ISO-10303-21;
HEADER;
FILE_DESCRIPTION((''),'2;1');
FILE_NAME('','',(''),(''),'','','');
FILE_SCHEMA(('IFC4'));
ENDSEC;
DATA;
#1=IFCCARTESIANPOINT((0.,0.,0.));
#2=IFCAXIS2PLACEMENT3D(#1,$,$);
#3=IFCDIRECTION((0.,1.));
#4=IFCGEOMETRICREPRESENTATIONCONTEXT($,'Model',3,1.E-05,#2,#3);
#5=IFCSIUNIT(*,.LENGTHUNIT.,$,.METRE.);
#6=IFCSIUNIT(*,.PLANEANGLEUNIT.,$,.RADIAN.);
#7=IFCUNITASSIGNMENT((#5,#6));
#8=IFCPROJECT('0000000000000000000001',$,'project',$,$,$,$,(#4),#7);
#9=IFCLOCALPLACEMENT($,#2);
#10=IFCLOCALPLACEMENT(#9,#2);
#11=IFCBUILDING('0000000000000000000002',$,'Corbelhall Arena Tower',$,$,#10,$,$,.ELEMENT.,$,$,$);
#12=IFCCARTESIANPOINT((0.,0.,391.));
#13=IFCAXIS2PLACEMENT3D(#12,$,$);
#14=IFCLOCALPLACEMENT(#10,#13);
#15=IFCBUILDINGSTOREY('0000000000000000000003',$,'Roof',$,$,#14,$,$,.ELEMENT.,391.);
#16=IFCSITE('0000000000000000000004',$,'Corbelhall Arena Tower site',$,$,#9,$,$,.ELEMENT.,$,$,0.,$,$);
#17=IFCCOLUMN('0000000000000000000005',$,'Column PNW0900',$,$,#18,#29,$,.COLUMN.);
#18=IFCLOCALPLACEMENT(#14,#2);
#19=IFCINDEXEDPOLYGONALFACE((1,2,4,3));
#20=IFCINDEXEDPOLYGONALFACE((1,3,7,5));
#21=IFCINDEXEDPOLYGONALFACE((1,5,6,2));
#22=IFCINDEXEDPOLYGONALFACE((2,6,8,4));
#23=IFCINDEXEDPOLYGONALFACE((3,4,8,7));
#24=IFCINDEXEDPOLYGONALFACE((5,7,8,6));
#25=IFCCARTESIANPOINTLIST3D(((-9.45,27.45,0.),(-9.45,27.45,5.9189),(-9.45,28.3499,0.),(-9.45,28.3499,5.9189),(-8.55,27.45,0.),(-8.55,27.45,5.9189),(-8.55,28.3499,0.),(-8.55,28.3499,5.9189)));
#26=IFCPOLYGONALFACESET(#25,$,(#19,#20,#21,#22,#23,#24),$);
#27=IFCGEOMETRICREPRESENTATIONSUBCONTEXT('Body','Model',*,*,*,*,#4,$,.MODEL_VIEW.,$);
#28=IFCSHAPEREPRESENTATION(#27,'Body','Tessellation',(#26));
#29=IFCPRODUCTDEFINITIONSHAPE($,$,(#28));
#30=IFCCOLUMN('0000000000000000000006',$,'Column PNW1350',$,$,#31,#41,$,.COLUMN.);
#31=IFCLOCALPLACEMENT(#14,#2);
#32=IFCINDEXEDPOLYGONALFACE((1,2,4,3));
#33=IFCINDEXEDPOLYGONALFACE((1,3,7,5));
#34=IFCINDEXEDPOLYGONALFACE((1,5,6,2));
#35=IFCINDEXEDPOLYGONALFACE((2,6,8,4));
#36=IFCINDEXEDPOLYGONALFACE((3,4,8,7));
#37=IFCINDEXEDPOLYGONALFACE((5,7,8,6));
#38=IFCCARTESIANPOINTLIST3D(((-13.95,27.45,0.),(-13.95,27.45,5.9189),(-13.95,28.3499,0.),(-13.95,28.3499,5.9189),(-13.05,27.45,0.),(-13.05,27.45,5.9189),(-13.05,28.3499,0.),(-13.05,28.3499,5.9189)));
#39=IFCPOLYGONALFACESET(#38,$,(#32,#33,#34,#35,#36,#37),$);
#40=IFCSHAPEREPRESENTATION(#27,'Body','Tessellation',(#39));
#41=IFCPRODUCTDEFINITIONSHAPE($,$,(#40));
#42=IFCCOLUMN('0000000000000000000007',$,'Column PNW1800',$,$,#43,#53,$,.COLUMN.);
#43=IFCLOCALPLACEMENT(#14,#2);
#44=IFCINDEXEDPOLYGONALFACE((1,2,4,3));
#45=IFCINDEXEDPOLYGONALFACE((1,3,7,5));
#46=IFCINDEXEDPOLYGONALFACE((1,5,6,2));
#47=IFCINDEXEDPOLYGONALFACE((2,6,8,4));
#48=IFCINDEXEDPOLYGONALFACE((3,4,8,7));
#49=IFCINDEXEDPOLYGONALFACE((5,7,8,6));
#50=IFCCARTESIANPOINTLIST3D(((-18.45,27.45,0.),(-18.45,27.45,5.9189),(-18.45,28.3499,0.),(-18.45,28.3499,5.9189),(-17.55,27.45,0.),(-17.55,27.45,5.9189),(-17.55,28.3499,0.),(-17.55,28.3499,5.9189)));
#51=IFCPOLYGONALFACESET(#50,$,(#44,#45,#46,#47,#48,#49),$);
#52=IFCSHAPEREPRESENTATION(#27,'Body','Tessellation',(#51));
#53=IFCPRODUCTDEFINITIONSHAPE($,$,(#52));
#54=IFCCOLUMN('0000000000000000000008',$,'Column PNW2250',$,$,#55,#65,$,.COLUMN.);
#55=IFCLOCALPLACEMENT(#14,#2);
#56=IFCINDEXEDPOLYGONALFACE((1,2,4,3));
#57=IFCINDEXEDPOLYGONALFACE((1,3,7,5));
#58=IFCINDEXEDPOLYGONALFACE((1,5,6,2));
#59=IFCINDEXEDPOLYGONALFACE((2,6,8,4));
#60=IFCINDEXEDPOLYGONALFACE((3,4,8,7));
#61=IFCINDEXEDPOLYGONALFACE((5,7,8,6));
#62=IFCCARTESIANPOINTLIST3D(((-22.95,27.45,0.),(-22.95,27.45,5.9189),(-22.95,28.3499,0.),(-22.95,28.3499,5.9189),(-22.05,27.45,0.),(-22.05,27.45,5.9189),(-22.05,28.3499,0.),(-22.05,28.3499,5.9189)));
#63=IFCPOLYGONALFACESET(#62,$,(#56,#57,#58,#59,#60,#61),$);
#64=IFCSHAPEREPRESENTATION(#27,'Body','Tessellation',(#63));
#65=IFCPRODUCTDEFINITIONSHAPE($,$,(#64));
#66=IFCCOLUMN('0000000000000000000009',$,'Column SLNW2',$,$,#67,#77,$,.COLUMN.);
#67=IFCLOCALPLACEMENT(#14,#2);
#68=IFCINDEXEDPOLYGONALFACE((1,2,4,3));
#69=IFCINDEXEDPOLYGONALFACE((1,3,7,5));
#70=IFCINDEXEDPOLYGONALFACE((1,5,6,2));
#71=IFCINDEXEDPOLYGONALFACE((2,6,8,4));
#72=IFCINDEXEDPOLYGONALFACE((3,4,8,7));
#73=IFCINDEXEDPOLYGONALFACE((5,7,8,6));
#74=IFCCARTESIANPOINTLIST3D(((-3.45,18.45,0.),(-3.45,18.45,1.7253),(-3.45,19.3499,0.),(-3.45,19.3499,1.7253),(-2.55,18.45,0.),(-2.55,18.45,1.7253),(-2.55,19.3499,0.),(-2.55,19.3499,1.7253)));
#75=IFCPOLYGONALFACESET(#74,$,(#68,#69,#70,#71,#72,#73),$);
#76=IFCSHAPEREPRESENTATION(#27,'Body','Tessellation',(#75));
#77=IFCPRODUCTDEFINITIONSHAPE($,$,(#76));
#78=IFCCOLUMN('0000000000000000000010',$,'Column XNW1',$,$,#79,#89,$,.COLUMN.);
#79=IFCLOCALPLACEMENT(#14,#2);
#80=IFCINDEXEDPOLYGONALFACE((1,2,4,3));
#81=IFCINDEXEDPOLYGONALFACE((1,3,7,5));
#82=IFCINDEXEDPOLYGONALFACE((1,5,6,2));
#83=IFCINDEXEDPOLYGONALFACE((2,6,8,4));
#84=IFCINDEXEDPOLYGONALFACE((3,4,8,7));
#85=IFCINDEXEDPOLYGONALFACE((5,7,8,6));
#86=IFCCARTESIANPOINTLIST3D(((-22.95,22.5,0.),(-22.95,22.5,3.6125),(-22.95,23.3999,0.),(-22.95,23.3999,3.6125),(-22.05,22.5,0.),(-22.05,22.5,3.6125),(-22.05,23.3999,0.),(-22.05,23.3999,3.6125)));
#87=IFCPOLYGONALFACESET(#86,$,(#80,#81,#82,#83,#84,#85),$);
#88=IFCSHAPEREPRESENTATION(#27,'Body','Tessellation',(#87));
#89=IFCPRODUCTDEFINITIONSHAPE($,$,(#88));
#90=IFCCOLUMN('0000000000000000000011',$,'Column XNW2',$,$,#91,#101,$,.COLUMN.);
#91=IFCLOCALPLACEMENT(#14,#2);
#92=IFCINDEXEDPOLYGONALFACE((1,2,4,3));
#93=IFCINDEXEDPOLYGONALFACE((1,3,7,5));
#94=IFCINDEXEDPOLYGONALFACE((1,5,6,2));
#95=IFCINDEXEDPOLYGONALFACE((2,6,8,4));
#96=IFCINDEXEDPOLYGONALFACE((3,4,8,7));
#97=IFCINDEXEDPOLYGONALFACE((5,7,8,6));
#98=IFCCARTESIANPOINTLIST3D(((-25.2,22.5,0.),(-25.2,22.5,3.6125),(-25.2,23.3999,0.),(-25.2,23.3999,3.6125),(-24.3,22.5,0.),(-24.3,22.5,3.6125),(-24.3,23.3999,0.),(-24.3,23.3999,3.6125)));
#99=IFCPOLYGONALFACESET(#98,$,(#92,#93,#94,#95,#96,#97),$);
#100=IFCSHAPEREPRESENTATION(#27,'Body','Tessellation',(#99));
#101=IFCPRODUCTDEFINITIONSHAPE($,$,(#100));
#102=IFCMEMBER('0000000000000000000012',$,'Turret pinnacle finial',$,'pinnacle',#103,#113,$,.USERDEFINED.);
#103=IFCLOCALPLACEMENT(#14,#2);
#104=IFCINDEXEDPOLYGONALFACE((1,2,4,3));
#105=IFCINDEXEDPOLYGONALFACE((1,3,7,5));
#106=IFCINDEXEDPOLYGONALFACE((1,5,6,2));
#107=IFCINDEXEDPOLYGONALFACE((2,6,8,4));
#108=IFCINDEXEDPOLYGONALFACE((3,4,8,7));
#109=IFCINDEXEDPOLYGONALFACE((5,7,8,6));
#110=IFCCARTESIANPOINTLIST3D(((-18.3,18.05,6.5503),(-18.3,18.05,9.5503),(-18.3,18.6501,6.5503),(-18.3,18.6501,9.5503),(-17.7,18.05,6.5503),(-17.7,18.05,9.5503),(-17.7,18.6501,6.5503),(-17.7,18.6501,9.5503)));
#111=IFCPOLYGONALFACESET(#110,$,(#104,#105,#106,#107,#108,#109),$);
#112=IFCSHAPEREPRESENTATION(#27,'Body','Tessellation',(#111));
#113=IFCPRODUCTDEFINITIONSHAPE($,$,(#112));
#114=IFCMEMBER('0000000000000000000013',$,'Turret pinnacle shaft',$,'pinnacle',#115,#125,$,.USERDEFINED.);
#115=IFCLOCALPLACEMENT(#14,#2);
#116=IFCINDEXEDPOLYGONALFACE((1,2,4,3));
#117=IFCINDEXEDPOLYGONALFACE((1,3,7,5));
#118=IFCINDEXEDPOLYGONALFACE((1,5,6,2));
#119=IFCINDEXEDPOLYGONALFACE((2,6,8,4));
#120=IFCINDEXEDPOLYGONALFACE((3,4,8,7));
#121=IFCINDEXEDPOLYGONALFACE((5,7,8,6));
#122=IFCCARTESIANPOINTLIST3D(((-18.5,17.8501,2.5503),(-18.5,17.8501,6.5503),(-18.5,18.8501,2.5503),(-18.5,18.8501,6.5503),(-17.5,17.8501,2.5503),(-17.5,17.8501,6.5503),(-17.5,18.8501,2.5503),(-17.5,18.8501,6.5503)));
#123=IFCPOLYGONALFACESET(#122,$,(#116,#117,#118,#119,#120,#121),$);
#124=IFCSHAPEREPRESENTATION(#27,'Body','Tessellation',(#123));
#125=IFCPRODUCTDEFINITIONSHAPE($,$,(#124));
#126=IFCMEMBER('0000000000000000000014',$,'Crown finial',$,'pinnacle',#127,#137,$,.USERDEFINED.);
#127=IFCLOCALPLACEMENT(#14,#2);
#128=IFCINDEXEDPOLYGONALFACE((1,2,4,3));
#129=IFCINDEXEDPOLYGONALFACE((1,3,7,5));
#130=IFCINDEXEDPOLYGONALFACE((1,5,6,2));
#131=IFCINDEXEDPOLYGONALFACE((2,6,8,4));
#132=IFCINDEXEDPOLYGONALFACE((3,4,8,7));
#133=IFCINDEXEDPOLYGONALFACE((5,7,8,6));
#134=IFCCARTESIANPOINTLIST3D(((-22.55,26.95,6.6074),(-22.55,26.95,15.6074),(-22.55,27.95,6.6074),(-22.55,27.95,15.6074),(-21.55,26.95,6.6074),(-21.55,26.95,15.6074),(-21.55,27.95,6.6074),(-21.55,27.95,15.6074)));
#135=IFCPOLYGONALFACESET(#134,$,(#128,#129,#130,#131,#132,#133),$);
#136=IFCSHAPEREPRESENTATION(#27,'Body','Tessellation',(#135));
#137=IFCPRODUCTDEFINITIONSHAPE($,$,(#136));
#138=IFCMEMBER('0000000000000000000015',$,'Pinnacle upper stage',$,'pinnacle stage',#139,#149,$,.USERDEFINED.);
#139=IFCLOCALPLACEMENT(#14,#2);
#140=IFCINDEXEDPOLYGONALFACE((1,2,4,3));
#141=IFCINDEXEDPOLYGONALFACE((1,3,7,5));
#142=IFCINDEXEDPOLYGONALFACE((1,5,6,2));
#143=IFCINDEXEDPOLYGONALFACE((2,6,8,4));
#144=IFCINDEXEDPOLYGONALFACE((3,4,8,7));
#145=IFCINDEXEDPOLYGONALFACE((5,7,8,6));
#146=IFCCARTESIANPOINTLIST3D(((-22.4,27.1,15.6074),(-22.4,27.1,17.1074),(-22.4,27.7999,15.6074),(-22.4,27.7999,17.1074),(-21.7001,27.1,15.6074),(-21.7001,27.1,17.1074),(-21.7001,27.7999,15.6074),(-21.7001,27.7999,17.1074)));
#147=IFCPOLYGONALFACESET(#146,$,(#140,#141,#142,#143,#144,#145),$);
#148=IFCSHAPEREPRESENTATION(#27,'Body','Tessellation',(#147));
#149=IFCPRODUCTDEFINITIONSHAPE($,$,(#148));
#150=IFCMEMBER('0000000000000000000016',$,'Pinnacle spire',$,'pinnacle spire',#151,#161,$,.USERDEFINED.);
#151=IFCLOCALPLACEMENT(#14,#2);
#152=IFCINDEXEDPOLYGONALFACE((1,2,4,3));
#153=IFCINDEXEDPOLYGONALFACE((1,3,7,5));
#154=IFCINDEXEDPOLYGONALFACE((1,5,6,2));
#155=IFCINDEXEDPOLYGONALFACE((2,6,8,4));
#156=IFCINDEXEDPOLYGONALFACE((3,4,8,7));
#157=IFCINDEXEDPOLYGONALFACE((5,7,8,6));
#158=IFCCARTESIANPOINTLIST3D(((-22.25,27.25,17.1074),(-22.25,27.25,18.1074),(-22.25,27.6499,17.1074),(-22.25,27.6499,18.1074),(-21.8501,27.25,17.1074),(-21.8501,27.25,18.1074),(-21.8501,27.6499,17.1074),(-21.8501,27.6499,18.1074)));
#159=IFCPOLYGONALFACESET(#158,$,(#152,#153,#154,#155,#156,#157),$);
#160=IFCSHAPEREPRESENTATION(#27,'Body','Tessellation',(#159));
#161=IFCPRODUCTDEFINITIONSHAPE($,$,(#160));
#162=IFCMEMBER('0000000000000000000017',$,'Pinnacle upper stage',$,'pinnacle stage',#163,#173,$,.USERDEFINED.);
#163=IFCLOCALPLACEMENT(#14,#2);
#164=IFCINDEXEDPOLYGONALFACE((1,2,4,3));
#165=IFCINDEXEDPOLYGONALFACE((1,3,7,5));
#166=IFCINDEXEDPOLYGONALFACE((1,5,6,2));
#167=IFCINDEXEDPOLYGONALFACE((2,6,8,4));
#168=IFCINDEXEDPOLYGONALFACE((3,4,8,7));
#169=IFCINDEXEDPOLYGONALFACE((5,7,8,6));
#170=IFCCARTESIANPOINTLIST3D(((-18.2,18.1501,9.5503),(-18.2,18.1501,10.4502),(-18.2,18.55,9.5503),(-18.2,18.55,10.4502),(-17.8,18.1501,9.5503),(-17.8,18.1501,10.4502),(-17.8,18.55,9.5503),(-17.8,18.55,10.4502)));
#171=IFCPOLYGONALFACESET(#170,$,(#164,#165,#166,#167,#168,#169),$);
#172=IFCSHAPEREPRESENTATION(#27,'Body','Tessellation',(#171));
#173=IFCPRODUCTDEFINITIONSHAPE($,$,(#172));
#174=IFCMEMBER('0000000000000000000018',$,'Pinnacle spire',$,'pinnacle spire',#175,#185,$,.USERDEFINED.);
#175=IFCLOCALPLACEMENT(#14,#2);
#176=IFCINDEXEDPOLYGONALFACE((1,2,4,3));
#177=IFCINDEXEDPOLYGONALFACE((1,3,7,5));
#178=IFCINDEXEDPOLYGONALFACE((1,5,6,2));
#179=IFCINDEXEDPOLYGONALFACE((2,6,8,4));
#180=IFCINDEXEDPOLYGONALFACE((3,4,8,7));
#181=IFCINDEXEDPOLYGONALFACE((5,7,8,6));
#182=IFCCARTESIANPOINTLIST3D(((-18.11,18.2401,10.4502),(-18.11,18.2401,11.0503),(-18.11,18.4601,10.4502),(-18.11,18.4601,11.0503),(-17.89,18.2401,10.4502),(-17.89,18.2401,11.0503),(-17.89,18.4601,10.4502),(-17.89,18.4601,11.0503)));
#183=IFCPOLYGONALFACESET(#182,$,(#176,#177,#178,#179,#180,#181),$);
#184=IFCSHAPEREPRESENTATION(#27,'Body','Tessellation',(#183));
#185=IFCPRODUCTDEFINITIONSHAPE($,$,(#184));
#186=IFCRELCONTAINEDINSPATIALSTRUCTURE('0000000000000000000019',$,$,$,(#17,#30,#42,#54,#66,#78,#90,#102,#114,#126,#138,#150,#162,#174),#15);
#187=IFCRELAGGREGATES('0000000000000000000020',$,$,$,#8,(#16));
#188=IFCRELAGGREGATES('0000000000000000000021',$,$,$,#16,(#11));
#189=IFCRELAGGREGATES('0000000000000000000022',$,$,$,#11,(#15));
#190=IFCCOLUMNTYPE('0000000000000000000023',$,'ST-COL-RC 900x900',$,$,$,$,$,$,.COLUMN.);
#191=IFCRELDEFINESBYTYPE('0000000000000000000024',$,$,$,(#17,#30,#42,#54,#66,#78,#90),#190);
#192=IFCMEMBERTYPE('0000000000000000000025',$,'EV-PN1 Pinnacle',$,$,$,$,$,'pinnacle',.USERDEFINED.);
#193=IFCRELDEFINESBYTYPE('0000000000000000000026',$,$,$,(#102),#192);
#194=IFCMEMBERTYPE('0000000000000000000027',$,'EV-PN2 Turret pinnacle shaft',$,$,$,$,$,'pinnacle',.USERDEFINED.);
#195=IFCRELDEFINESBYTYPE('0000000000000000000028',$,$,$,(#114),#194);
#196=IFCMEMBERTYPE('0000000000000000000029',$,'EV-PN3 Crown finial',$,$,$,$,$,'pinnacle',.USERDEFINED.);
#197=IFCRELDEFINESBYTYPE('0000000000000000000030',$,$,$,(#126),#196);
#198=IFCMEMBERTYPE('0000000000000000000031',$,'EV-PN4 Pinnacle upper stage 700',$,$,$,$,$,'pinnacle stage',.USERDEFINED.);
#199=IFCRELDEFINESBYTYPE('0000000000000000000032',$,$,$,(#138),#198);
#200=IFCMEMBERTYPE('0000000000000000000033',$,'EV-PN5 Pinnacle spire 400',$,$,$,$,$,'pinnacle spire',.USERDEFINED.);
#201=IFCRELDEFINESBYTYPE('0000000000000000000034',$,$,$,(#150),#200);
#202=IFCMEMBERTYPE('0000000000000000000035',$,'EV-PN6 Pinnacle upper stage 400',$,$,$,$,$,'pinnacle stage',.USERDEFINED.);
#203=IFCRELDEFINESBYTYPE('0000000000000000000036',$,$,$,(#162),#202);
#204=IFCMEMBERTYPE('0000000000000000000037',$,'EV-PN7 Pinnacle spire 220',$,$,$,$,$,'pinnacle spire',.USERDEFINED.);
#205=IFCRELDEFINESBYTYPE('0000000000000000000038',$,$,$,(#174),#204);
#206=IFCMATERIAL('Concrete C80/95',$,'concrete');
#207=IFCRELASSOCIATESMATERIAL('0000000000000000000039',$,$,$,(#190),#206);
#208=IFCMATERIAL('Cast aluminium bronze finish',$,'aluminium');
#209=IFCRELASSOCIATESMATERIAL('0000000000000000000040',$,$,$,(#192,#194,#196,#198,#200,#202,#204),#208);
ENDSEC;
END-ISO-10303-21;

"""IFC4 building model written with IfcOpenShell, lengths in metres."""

from ifc_helpers import new_model, si_unit, direction, frame, origin, origin_2d, place, context, subcontext, project, spatial, rectangle, extrude, material, material_profile, profile_set, type_object, element, save


model = new_model("IFC4")

# Units and contexts
model_context = context("Model", 3, precision=1e-05, world=origin(), true_north=direction((0.0, 1.0)))
body_context = subcontext(model_context, "Body", "Model", "MODEL_VIEW")
ifc_project = project(units=[si_unit("LENGTHUNIT", "METRE"), si_unit("PLANEANGLEUNIT", "RADIAN")], contexts=[model_context])

# Site, building, storey
site_placement = place(None, origin())
site = spatial("IfcSite", under=ifc_project, at=site_placement, Name="Corbelhall Arena Tower site", CompositionType="ELEMENT", RefElevation=0.0)
building_placement = place(site_placement, origin())
building = spatial("IfcBuilding", under=site, at=building_placement, Name="Corbelhall Arena Tower", CompositionType="ELEMENT")
storey_placement = place(building_placement, frame((0.0, 0.0, 391.0)))
storey = spatial("IfcBuildingStorey", under=building, at=storey_placement, Name="Roof", CompositionType="ELEMENT", Elevation=391.0)

# Columns
ifc_material_1 = material(Name="Concrete C80/95", Category="concrete")
ifc_material_profile_1 = material_profile(ifc_material_1, rectangle(XDim=0.8999, YDim=0.8999, at=origin_2d()))
ifc_profile_set_1 = profile_set([ifc_material_profile_1], Name="Concrete C80/95")
column_type = type_object("IfcColumnType", Name="ST-COL-RC 900x900", PredefinedType="COLUMN", material=ifc_profile_set_1)
for number, where, z_axis, x_axis, name in (
    (1, (-9.0, 27.8999, 0.0), (0.0, 0.0, 1.0), (1.0, 0.0, 0.0), "Column PNW0900"),
    (2, (-13.5, 27.8999, 0.0), (0.0, 0.0, 1.0), (1.0, 0.0, 0.0), "Column PNW1350"),
    (3, (-18.0, 27.8999, 0.0), (0.0, 0.0, 1.0), (1.0, 0.0, 0.0), "Column PNW1800"),
    (4, (-22.5, 27.8999, 0.0), (0.0, 0.0, 1.0), (1.0, 0.0, 0.0), "Column PNW2250"),
):
    element("IfcColumn", number, at=place(storey_placement, frame(where, z_axis=z_axis, x_axis=x_axis)), inside=storey, type_object=column_type, Name=name, PredefinedType="COLUMN", context=body_context, shape_type="SweptSolid", body=[
        extrude(rectangle(XDim=0.8999, YDim=0.8999, at=origin_2d()), origin(), (0.0, 0.0, 1.0), 5.9189),
    ])
column_placement = place(storey_placement, frame((-3.0, 18.8999, 0.0), z_axis=(0.0, 0.0, 1.0), x_axis=(1.0, 0.0, 0.0)))
element("IfcColumn", 5, at=column_placement, inside=storey, type_object=column_type, Name="Column SLNW2", PredefinedType="COLUMN", context=body_context, shape_type="SweptSolid", body=[
    extrude(rectangle(XDim=0.8999, YDim=0.8999, at=origin_2d()), origin(), (0.0, 0.0, 1.0), 1.7253),
])
for number, where, z_axis, x_axis, name in (
    (6, (-22.5, 22.95, 0.0), (0.0, 0.0, 1.0), (1.0, 0.0, 0.0), "Column XNW1"),
    (7, (-24.75, 22.95, 0.0), (0.0, 0.0, 1.0), (1.0, 0.0, 0.0), "Column XNW2"),
):
    element("IfcColumn", number, at=place(storey_placement, frame(where, z_axis=z_axis, x_axis=x_axis)), inside=storey, type_object=column_type, Name=name, PredefinedType="COLUMN", context=body_context, shape_type="SweptSolid", body=[
        extrude(rectangle(XDim=0.8999, YDim=0.8999, at=origin_2d()), origin(), (0.0, 0.0, 1.0), 3.6125),
    ])

# Members
ifc_material_2 = material(Name="Cast aluminium bronze finish", Category="aluminium")
ifc_material_profile_2 = material_profile(ifc_material_2, rectangle(XDim=0.6001, YDim=0.6001, at=origin_2d()))
ifc_profile_set_2 = profile_set([ifc_material_profile_2], Name="Cast aluminium bronze finish")
member_type_1 = type_object("IfcMemberType", Name="EV-PN1 Pinnacle", ElementType="pinnacle", PredefinedType="USERDEFINED", material=ifc_profile_set_2)
member_1_placement = place(storey_placement, frame((-18.0, 18.3501, 6.5503), z_axis=(0.0, 0.0, 1.0), x_axis=(1.0, 0.0, 0.0)))
element("IfcMember", 8, at=member_1_placement, inside=storey, type_object=member_type_1, Name="Turret pinnacle finial", ObjectType="pinnacle", PredefinedType="USERDEFINED", context=body_context, shape_type="SweptSolid", body=[
    extrude(rectangle(XDim=0.6001, YDim=0.6001, at=origin_2d()), origin(), (0.0, 0.0, 1.0), 3.0),
])
ifc_material_profile_3 = material_profile(ifc_material_2, rectangle(XDim=1.0, YDim=1.0, at=origin_2d()))
ifc_profile_set_3 = profile_set([ifc_material_profile_3], Name="Cast aluminium bronze finish")
member_type_2 = type_object("IfcMemberType", Name="EV-PN2 Turret pinnacle shaft", ElementType="pinnacle", PredefinedType="USERDEFINED", material=ifc_profile_set_3)
member_2_placement = place(storey_placement, frame((-18.0, 18.3501, 2.5503), z_axis=(0.0, 0.0, 1.0), x_axis=(1.0, 0.0, 0.0)))
element("IfcMember", 9, at=member_2_placement, inside=storey, type_object=member_type_2, Name="Turret pinnacle shaft", ObjectType="pinnacle", PredefinedType="USERDEFINED", context=body_context, shape_type="SweptSolid", body=[
    extrude(rectangle(XDim=1.0, YDim=1.0, at=origin_2d()), origin(), (0.0, 0.0, 1.0), 4.0),
])
ifc_material_profile_4 = material_profile(ifc_material_2, rectangle(XDim=1.0, YDim=1.0, at=origin_2d()))
ifc_profile_set_4 = profile_set([ifc_material_profile_4], Name="Cast aluminium bronze finish")
member_type_3 = type_object("IfcMemberType", Name="EV-PN3 Crown finial", ElementType="pinnacle", PredefinedType="USERDEFINED", material=ifc_profile_set_4)
member_3_placement = place(storey_placement, frame((-22.05, 27.45, 6.6074), z_axis=(0.0, 0.0, 1.0), x_axis=(1.0, 0.0, 0.0)))
element("IfcMember", 10, at=member_3_placement, inside=storey, type_object=member_type_3, Name="Crown finial", ObjectType="pinnacle", PredefinedType="USERDEFINED", context=body_context, shape_type="SweptSolid", body=[
    extrude(rectangle(XDim=1.0, YDim=1.0, at=origin_2d()), origin(), (0.0, 0.0, 1.0), 9.0),
])
ifc_material_profile_5 = material_profile(ifc_material_2, rectangle(XDim=0.7, YDim=0.7, at=origin_2d()))
ifc_profile_set_5 = profile_set([ifc_material_profile_5], Name="Cast aluminium bronze finish")
member_type_4 = type_object("IfcMemberType", Name="EV-PN4 Pinnacle upper stage 700", ElementType="pinnacle stage", PredefinedType="USERDEFINED", material=ifc_profile_set_5)
member_4_placement = place(storey_placement, frame((-22.05, 27.45, 15.6074), z_axis=(0.0, 0.0, 1.0), x_axis=(1.0, 0.0, 0.0)))
element("IfcMember", 11, at=member_4_placement, inside=storey, type_object=member_type_4, Name="Pinnacle upper stage", ObjectType="pinnacle stage", PredefinedType="USERDEFINED", context=body_context, shape_type="SweptSolid", body=[
    extrude(rectangle(XDim=0.7, YDim=0.7, at=origin_2d()), origin(), (0.0, 0.0, 1.0), 1.5),
])
ifc_material_profile_6 = material_profile(ifc_material_2, rectangle(XDim=0.3999, YDim=0.3999, at=origin_2d()))
ifc_profile_set_6 = profile_set([ifc_material_profile_6], Name="Cast aluminium bronze finish")
member_type_5 = type_object("IfcMemberType", Name="EV-PN5 Pinnacle spire 400", ElementType="pinnacle spire", PredefinedType="USERDEFINED", material=ifc_profile_set_6)
member_5_placement = place(storey_placement, frame((-22.05, 27.45, 17.1074), z_axis=(0.0, 0.0, 1.0), x_axis=(1.0, 0.0, 0.0)))
element("IfcMember", 12, at=member_5_placement, inside=storey, type_object=member_type_5, Name="Pinnacle spire", ObjectType="pinnacle spire", PredefinedType="USERDEFINED", context=body_context, shape_type="SweptSolid", body=[
    extrude(rectangle(XDim=0.3999, YDim=0.3999, at=origin_2d()), origin(), (0.0, 0.0, 1.0), 1.0),
])
ifc_material_profile_7 = material_profile(ifc_material_2, rectangle(XDim=0.3999, YDim=0.3999, at=origin_2d()))
ifc_profile_set_7 = profile_set([ifc_material_profile_7], Name="Cast aluminium bronze finish")
member_type_6 = type_object("IfcMemberType", Name="EV-PN6 Pinnacle upper stage 400", ElementType="pinnacle stage", PredefinedType="USERDEFINED", material=ifc_profile_set_7)
member_6_placement = place(storey_placement, frame((-18.0, 18.3501, 9.5503), z_axis=(0.0, 0.0, 1.0), x_axis=(1.0, 0.0, 0.0)))
element("IfcMember", 13, at=member_6_placement, inside=storey, type_object=member_type_6, Name="Pinnacle upper stage", ObjectType="pinnacle stage", PredefinedType="USERDEFINED", context=body_context, shape_type="SweptSolid", body=[
    extrude(rectangle(XDim=0.3999, YDim=0.3999, at=origin_2d()), origin(), (0.0, 0.0, 1.0), 0.8999),
])
ifc_material_profile_8 = material_profile(ifc_material_2, rectangle(XDim=0.22, YDim=0.22, at=origin_2d()))
ifc_profile_set_8 = profile_set([ifc_material_profile_8], Name="Cast aluminium bronze finish")
member_type_7 = type_object("IfcMemberType", Name="EV-PN7 Pinnacle spire 220", ElementType="pinnacle spire", PredefinedType="USERDEFINED", material=ifc_profile_set_8)
member_7_placement = place(storey_placement, frame((-18.0, 18.3501, 10.4502), z_axis=(0.0, 0.0, 1.0), x_axis=(1.0, 0.0, 0.0)))
element("IfcMember", 14, at=member_7_placement, inside=storey, type_object=member_type_7, Name="Pinnacle spire", ObjectType="pinnacle spire", PredefinedType="USERDEFINED", context=body_context, shape_type="SweptSolid", body=[
    extrude(rectangle(XDim=0.22, YDim=0.22, at=origin_2d()), origin(), (0.0, 0.0, 1.0), 0.6001),
])

save(model, "model.ifc")
